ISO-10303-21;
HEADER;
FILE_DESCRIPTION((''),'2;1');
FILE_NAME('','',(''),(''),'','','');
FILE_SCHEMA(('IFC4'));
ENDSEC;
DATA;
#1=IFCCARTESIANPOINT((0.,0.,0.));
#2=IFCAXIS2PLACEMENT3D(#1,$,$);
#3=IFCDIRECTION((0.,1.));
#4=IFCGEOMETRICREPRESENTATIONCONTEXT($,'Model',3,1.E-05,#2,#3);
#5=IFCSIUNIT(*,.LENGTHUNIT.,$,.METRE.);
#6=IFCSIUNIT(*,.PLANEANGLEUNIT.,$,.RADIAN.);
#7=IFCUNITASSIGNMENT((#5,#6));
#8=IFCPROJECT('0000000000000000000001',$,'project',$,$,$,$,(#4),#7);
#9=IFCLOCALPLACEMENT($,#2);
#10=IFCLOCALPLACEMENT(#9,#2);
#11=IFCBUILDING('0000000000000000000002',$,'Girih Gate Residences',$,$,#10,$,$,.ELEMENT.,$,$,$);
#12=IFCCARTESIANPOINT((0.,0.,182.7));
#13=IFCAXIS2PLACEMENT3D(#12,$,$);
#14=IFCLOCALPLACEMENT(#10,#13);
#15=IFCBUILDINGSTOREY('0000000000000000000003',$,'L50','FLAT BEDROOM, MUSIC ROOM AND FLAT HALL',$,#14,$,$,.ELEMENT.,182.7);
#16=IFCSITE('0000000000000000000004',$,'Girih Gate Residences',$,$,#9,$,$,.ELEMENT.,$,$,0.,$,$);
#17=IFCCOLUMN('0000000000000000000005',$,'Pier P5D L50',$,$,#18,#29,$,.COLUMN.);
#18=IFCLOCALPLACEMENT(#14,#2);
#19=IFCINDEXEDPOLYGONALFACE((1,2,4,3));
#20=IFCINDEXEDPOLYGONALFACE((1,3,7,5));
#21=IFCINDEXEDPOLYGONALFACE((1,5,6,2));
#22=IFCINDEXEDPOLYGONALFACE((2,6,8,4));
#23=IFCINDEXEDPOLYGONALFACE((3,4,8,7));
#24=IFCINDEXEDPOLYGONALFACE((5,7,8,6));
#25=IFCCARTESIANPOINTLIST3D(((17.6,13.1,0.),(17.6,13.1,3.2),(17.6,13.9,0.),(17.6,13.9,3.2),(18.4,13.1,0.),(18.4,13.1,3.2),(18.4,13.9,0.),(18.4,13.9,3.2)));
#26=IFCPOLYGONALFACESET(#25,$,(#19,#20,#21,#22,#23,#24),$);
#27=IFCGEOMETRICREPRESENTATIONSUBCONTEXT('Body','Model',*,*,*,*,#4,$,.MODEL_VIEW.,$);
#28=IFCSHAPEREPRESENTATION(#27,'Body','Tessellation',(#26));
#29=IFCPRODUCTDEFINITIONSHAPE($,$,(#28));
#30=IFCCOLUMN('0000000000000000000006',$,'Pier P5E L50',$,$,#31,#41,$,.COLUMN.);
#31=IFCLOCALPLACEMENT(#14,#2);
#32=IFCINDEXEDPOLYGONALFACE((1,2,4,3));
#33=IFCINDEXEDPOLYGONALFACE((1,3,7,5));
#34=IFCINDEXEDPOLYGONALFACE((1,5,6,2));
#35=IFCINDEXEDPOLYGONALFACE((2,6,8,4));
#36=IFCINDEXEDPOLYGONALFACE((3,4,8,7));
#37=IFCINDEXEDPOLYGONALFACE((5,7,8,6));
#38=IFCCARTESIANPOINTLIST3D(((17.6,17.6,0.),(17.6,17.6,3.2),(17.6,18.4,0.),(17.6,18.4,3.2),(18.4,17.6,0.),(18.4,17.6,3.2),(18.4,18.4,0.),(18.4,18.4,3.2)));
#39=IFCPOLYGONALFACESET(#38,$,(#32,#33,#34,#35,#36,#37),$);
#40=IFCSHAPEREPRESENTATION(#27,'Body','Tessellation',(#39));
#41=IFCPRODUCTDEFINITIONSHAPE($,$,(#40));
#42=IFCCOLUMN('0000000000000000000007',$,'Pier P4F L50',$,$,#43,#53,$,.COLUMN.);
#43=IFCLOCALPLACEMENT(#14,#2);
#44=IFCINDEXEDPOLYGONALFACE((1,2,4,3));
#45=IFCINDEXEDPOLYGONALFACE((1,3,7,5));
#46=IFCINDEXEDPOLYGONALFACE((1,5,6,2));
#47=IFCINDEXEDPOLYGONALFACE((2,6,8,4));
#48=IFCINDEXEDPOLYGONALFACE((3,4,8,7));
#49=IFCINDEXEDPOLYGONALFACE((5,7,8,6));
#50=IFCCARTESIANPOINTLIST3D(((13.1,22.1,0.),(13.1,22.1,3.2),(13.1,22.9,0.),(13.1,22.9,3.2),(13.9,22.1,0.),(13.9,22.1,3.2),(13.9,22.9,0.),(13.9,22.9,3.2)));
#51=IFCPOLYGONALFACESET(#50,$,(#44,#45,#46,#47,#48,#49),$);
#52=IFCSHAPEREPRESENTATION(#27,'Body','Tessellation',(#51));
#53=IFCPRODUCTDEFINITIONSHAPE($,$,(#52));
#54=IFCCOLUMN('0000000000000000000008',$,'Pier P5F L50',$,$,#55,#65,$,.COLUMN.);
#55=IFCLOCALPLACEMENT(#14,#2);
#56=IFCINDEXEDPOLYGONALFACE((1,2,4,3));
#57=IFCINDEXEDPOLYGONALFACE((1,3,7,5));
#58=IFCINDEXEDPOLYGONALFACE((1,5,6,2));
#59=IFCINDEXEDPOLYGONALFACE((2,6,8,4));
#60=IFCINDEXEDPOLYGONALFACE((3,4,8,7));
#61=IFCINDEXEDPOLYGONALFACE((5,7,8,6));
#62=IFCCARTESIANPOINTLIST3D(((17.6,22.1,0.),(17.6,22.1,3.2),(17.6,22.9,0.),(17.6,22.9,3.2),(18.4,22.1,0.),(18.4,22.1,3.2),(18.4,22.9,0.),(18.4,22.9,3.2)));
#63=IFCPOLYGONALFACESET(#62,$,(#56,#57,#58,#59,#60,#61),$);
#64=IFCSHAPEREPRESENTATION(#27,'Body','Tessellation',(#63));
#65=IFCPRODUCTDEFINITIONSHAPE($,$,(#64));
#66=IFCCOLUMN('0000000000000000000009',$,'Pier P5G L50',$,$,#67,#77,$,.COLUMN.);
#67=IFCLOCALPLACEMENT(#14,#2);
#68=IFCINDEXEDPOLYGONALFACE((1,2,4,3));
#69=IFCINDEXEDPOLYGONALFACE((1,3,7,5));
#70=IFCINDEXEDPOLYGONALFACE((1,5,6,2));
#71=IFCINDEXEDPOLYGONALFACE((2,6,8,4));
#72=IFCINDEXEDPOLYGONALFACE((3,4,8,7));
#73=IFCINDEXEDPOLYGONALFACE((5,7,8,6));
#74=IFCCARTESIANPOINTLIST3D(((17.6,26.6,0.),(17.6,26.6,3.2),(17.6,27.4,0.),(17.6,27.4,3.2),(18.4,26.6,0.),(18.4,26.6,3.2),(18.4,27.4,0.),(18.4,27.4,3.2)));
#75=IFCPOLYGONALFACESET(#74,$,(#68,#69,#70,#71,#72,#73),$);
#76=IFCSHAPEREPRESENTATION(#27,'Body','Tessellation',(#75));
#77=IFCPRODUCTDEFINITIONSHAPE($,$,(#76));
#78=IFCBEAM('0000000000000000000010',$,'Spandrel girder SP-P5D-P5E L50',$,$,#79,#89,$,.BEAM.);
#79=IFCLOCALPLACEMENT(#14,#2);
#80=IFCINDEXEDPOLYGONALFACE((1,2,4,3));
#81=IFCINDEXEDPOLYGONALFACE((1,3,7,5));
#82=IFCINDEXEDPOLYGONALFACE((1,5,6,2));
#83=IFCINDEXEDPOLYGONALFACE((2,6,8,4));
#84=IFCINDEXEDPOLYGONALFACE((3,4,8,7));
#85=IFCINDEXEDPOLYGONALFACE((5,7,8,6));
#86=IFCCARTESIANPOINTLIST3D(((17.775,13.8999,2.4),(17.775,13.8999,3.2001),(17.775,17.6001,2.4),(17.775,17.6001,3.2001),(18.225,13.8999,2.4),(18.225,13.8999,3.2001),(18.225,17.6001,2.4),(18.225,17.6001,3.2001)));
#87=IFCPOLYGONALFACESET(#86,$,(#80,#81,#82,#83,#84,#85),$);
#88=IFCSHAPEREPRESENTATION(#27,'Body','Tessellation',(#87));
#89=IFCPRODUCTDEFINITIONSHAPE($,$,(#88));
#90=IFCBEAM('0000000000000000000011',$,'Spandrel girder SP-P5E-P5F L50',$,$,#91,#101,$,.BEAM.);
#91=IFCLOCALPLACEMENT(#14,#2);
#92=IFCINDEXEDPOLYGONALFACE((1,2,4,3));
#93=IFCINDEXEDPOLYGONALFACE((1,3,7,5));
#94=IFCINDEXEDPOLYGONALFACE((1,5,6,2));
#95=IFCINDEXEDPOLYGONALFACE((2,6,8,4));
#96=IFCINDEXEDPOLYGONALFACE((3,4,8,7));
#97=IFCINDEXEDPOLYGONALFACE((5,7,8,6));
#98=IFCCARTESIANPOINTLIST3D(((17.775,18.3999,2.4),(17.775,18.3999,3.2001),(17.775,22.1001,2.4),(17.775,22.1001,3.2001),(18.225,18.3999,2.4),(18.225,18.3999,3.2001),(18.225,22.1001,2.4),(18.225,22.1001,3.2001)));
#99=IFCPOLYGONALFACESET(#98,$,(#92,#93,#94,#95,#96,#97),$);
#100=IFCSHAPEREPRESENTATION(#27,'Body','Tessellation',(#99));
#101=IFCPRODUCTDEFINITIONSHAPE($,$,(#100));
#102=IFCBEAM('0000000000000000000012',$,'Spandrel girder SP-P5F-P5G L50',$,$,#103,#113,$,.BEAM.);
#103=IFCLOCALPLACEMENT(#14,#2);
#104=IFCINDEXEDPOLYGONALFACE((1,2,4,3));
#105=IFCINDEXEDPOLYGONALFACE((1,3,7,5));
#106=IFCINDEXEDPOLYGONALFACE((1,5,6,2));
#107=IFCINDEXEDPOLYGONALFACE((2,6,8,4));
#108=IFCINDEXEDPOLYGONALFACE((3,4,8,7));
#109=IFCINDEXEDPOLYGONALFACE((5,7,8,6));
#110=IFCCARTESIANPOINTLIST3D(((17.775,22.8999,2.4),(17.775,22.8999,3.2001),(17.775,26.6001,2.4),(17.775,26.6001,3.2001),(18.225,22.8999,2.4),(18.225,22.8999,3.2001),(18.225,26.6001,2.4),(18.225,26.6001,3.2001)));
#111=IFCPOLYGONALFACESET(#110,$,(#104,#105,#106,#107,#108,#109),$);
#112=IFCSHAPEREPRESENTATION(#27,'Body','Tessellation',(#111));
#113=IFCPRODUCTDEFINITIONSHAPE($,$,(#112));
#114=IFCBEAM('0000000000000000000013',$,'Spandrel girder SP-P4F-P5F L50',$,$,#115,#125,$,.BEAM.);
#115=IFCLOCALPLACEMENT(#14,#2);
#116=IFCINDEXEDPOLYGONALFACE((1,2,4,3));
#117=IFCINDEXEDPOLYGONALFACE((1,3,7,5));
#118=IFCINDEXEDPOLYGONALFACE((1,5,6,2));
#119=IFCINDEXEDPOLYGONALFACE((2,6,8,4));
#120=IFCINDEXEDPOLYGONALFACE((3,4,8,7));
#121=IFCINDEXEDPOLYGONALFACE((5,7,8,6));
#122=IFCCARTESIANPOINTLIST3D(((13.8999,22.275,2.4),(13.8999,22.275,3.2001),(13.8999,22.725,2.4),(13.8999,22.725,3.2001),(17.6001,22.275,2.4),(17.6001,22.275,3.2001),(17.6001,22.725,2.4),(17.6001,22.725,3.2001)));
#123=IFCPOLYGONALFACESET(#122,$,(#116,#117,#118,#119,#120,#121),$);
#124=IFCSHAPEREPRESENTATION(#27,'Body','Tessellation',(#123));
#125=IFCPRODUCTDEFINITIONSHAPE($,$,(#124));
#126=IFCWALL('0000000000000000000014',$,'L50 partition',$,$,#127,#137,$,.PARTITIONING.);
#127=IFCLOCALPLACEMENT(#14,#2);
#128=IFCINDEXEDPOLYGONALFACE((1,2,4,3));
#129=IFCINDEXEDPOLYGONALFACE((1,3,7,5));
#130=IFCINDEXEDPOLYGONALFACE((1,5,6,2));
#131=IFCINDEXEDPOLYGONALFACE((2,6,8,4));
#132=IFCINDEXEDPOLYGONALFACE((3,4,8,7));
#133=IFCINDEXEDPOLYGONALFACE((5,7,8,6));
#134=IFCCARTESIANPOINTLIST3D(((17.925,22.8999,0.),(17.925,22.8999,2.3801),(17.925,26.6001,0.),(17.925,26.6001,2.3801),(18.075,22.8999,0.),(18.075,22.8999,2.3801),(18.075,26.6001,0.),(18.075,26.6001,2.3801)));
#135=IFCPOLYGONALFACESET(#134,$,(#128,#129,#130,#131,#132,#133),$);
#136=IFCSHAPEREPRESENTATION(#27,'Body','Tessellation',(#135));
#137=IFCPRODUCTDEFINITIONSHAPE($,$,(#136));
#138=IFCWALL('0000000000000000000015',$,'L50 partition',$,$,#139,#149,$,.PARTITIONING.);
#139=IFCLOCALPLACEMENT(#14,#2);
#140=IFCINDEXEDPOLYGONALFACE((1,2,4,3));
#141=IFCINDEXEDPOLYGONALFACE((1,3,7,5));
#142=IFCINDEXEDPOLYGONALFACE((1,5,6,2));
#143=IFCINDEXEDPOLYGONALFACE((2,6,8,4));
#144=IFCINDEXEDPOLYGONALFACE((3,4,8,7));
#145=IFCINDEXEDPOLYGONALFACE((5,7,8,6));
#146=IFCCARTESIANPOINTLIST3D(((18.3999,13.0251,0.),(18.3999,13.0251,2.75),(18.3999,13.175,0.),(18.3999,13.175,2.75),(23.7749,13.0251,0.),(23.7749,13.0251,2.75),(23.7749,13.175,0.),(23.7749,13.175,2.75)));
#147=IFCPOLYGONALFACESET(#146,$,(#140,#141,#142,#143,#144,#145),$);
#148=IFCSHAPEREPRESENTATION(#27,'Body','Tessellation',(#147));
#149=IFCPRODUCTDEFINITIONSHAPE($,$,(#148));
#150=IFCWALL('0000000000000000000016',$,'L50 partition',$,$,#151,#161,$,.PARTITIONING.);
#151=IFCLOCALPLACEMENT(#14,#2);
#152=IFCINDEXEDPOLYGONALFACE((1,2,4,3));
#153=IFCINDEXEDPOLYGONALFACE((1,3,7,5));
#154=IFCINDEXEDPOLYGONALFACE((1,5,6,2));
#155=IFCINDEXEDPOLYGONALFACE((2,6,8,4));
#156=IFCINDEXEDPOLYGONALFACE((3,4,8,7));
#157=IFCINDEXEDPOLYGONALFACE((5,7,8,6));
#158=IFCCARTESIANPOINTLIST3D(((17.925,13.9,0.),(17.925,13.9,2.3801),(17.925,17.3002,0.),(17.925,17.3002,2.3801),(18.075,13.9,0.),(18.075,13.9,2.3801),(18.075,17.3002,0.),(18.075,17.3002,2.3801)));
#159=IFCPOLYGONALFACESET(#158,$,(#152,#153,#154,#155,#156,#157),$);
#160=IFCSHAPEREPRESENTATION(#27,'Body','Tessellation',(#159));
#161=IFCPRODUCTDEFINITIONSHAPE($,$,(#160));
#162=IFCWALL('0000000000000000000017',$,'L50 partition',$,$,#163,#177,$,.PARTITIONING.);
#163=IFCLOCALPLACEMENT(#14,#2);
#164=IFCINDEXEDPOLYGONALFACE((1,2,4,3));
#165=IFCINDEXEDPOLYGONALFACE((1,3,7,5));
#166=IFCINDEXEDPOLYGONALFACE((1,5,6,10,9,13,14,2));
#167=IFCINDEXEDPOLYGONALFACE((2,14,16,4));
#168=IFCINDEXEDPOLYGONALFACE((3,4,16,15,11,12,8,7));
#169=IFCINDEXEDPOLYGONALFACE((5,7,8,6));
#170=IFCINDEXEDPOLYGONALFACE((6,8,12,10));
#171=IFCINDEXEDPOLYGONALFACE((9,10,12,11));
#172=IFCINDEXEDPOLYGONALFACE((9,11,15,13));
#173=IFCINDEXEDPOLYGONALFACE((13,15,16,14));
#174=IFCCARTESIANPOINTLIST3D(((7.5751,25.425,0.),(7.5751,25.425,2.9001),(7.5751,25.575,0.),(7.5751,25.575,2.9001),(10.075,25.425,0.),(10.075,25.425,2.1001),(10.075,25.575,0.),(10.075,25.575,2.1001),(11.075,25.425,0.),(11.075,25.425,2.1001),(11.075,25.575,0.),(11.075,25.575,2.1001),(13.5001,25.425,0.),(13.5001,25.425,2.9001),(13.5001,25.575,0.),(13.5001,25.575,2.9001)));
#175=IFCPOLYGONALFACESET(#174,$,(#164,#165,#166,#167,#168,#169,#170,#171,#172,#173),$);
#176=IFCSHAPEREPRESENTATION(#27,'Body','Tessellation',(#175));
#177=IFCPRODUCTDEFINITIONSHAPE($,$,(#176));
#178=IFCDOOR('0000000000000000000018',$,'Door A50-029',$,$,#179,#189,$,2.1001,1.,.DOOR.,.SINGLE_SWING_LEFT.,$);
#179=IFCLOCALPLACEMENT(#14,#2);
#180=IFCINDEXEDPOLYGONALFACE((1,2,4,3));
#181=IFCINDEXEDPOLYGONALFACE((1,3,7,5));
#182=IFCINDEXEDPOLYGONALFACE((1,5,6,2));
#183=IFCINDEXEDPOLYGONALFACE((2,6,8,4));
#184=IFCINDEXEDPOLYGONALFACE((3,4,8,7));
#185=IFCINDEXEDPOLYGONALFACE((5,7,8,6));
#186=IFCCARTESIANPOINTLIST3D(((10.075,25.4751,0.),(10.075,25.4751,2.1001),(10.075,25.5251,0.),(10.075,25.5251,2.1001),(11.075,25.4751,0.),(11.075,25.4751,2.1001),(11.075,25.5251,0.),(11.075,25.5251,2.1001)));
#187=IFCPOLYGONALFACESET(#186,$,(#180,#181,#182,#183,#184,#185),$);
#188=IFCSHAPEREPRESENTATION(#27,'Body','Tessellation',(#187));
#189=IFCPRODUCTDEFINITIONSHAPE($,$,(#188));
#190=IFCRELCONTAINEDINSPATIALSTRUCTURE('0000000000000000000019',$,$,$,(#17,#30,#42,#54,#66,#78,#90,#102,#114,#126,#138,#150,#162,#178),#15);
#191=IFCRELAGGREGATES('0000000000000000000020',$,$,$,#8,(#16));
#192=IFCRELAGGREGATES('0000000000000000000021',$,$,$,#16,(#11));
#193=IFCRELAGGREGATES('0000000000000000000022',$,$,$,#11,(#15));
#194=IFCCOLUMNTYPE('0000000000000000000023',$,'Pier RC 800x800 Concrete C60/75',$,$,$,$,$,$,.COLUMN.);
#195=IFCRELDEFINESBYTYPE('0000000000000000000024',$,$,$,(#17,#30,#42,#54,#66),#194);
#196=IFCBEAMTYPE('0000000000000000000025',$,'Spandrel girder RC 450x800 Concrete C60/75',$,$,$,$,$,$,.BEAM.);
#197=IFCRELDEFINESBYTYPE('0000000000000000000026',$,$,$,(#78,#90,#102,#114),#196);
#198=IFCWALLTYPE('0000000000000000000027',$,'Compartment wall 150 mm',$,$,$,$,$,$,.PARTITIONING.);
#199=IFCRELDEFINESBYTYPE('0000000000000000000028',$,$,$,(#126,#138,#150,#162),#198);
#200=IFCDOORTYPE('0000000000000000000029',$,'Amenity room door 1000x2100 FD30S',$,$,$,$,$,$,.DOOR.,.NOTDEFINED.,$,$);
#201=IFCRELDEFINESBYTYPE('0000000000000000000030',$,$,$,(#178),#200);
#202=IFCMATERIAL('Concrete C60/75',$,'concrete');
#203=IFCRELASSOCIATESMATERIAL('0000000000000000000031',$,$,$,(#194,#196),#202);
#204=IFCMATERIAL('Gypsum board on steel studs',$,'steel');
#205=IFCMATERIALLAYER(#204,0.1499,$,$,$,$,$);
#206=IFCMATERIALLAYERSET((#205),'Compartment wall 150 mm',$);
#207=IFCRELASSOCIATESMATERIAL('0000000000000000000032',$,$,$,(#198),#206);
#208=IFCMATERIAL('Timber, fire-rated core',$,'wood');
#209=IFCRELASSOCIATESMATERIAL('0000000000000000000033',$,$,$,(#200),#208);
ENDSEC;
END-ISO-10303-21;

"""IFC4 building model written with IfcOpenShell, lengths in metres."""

from ifc_helpers import new_model, si_unit, direction, frame, frame_2d, origin, origin_2d, place, context, subcontext, project, spatial, rectangle, extrude, material, layer, layer_set, material_profile, profile_set, type_object, element, fill, save


model = new_model("IFC4")

# Units and contexts
model_context = context("Model", 3, precision=1e-05, world=origin(), true_north=direction((0.0, 1.0)))
body_context = subcontext(model_context, "Body", "Model", "MODEL_VIEW")
ifc_project = project(units=[si_unit("LENGTHUNIT", "METRE"), si_unit("PLANEANGLEUNIT", "RADIAN")], contexts=[model_context])

# Site, building, storey
site_placement = place(None, origin())
site = spatial("IfcSite", under=ifc_project, at=site_placement, Name="Girih Gate Residences", CompositionType="ELEMENT", RefElevation=0.0)
building_placement = place(site_placement, origin())
building = spatial("IfcBuilding", under=site, at=building_placement, Name="Girih Gate Residences", CompositionType="ELEMENT")
storey_placement = place(building_placement, frame((0.0, 0.0, 182.7)))
storey = spatial("IfcBuildingStorey", under=building, at=storey_placement, Name="L50", Description="FLAT BEDROOM, MUSIC ROOM AND FLAT HALL", CompositionType="ELEMENT", Elevation=182.7)

# Columns
ifc_material_1 = material(Name="Concrete C60/75", Category="concrete")
ifc_material_profile_1 = material_profile(ifc_material_1, rectangle(XDim=0.8, YDim=0.8, at=origin_2d()))
ifc_profile_set_1 = profile_set([ifc_material_profile_1], Name="Concrete C60/75")
column_type = type_object("IfcColumnType", Name="Pier RC 800x800 Concrete C60/75", PredefinedType="COLUMN", material=ifc_profile_set_1)
for number, where, z_axis, x_axis, name in (
    (1, (18.0, 13.5, 0.0), (0.0, 0.0, 1.0), (1.0, 0.0, 0.0), "Pier P5D L50"),
    (2, (18.0, 18.0, 0.0), (0.0, 0.0, 1.0), (1.0, 0.0, 0.0), "Pier P5E L50"),
    (3, (13.5, 22.5, 0.0), (0.0, 0.0, 1.0), (1.0, 0.0, 0.0), "Pier P4F L50"),
    (4, (18.0, 22.5, 0.0), (0.0, 0.0, 1.0), (1.0, 0.0, 0.0), "Pier P5F L50"),
    (5, (18.0, 27.0, 0.0), (0.0, 0.0, 1.0), (1.0, 0.0, 0.0), "Pier P5G L50"),
):
    element("IfcColumn", number, at=place(storey_placement, frame(where, z_axis=z_axis, x_axis=x_axis)), inside=storey, type_object=column_type, Name=name, PredefinedType="COLUMN", context=body_context, shape_type="SweptSolid", body=[
        extrude(rectangle(XDim=0.8, YDim=0.8, at=origin_2d()), origin(), (0.0, 0.0, 1.0), 3.2),
    ])

# Beams
ifc_material_profile_2 = material_profile(ifc_material_1, rectangle(XDim=0.45, YDim=0.8, at=origin_2d()))
ifc_profile_set_2 = profile_set([ifc_material_profile_2], Name="Concrete C60/75")
beam_type = type_object("IfcBeamType", Name="Spandrel girder RC 450x800 Concrete C60/75", PredefinedType="BEAM", material=ifc_profile_set_2)
for number, where, z_axis, x_axis, name in (
    (6, (18.0, 13.8999, 2.8), (0.0, 1.0, 0.0), (-1.0, 0.0, 0.0), "Spandrel girder SP-P5D-P5E L50"),
    (7, (18.0, 18.3999, 2.8), (0.0, 1.0, 0.0), (-1.0, 0.0, 0.0), "Spandrel girder SP-P5E-P5F L50"),
    (8, (18.0, 22.8999, 2.8), (0.0, 1.0, 0.0), (-1.0, 0.0, 0.0), "Spandrel girder SP-P5F-P5G L50"),
    (9, (13.8999, 22.5, 2.8), (1.0, 0.0, 0.0), (0.0, 1.0, 0.0), "Spandrel girder SP-P4F-P5F L50"),
):
    element("IfcBeam", number, at=place(storey_placement, frame(where, z_axis=z_axis, x_axis=x_axis)), inside=storey, type_object=beam_type, Name=name, PredefinedType="BEAM", context=body_context, shape_type="SweptSolid", body=[
        extrude(rectangle(XDim=0.45, YDim=0.8, at=origin_2d()), origin(), (0.0, 0.0, 1.0), 3.7002),
    ])

# Walls
ifc_material_2 = material(Name="Gypsum board on steel studs", Category="steel")
ifc_layer_1 = layer(ifc_material_2, 0.1499)
ifc_layer_set_1 = layer_set([ifc_layer_1], Name="Compartment wall 150 mm")
wall_type_1 = type_object("IfcWallType", Name="Compartment wall 150 mm", PredefinedType="PARTITIONING", material=ifc_layer_set_1)
wall_1_placement = place(storey_placement, frame((18.0, 22.8999, 0.0), z_axis=(0.0, 0.0, 1.0), x_axis=(0.0, 1.0, 0.0)))
element("IfcWall", 10, at=wall_1_placement, inside=storey, type_object=wall_type_1, Name="L50 partition", PredefinedType="PARTITIONING", context=body_context, shape_type="SweptSolid", body=[
    extrude(rectangle(XDim=3.7002, YDim=0.1499, at=frame_2d((1.8501, 0.0))), origin(), (0.0, 0.0, 1.0), 2.3801),
])
wall_2_placement = place(storey_placement, frame((18.3999, 13.1001, 0.0), z_axis=(0.0, 0.0, 1.0), x_axis=(1.0, 0.0, 0.0)))
element("IfcWall", 11, at=wall_2_placement, inside=storey, type_object=wall_type_1, Name="L50 partition", PredefinedType="PARTITIONING", context=body_context, shape_type="SweptSolid", body=[
    extrude(rectangle(XDim=5.375, YDim=0.1499, at=frame_2d((2.6875, 0.0))), origin(), (0.0, 0.0, 1.0), 2.75),
])
wall_3_placement = place(storey_placement, frame((18.0, 13.8999, 0.0), z_axis=(0.0, 0.0, 1.0), x_axis=(0.0, 1.0, 0.0)))
element("IfcWall", 12, at=wall_3_placement, inside=storey, type_object=wall_type_1, Name="L50 partition", PredefinedType="PARTITIONING", context=body_context, shape_type="SweptSolid", body=[
    extrude(rectangle(XDim=3.4001, YDim=0.1499, at=frame_2d((1.7002, 0.0))), origin(), (0.0, 0.0, 1.0), 2.3801),
])

# Wall, opening, door
wall_4_placement = place(storey_placement, frame((13.5, 25.5, 0.0), z_axis=(0.0, 0.0, 1.0), x_axis=(-1.0, 0.0, 0.0)))
wall_4 = element("IfcWall", 13, at=wall_4_placement, inside=storey, type_object=wall_type_1, Name="L50 partition", PredefinedType="PARTITIONING", context=body_context, shape_type="SweptSolid", body=[
    extrude(rectangle(XDim=5.925, YDim=0.1499, at=frame_2d((2.9624, 0.0))), origin(), (0.0, 0.0, 1.0), 2.9001),
])
opening_1_placement = place(wall_4_placement, frame((2.425, 0.0, 0.0)))
opening_1 = element("IfcOpeningElement", 14, at=opening_1_placement, cuts=wall_4, PredefinedType="OPENING", context=body_context, shape_type="SweptSolid", body=[
    extrude(rectangle(XDim=1.0, YDim=2.1001, at=frame_2d((0.5, 1.05))), frame((0.0, 0.085, 0.0), z_axis=(0.0, -1.0, 0.0), x_axis=(1.0, 0.0, 0.0)), (0.0, 0.0, 1.0), 0.1699),
])
ifc_material_3 = material(Name="Timber, fire-rated core", Category="wood")
door_type = type_object("IfcDoorType", Name="Amenity room door 1000x2100 FD30S", OperationType="NOTDEFINED", PredefinedType="DOOR", material=ifc_material_3)
door_1_placement = place(opening_1_placement, origin())
door_1 = element("IfcDoor", 15, at=door_1_placement, inside=storey, type_object=door_type, Name="Door A50-029", OperationType="SINGLE_SWING_LEFT", OverallHeight=2.1001, OverallWidth=1.0, PredefinedType="DOOR", context=body_context, shape_type="SweptSolid", body=[
    extrude(rectangle(XDim=1.0, YDim=2.1001, at=frame_2d((0.5, 1.05))), frame((0.0, 0.0249, 0.0), z_axis=(0.0, -1.0, 0.0), x_axis=(1.0, 0.0, 0.0)), (0.0, 0.0, 1.0), 0.05),
])
fill(opening_1, door_1)

save(model, "model.ifc")
